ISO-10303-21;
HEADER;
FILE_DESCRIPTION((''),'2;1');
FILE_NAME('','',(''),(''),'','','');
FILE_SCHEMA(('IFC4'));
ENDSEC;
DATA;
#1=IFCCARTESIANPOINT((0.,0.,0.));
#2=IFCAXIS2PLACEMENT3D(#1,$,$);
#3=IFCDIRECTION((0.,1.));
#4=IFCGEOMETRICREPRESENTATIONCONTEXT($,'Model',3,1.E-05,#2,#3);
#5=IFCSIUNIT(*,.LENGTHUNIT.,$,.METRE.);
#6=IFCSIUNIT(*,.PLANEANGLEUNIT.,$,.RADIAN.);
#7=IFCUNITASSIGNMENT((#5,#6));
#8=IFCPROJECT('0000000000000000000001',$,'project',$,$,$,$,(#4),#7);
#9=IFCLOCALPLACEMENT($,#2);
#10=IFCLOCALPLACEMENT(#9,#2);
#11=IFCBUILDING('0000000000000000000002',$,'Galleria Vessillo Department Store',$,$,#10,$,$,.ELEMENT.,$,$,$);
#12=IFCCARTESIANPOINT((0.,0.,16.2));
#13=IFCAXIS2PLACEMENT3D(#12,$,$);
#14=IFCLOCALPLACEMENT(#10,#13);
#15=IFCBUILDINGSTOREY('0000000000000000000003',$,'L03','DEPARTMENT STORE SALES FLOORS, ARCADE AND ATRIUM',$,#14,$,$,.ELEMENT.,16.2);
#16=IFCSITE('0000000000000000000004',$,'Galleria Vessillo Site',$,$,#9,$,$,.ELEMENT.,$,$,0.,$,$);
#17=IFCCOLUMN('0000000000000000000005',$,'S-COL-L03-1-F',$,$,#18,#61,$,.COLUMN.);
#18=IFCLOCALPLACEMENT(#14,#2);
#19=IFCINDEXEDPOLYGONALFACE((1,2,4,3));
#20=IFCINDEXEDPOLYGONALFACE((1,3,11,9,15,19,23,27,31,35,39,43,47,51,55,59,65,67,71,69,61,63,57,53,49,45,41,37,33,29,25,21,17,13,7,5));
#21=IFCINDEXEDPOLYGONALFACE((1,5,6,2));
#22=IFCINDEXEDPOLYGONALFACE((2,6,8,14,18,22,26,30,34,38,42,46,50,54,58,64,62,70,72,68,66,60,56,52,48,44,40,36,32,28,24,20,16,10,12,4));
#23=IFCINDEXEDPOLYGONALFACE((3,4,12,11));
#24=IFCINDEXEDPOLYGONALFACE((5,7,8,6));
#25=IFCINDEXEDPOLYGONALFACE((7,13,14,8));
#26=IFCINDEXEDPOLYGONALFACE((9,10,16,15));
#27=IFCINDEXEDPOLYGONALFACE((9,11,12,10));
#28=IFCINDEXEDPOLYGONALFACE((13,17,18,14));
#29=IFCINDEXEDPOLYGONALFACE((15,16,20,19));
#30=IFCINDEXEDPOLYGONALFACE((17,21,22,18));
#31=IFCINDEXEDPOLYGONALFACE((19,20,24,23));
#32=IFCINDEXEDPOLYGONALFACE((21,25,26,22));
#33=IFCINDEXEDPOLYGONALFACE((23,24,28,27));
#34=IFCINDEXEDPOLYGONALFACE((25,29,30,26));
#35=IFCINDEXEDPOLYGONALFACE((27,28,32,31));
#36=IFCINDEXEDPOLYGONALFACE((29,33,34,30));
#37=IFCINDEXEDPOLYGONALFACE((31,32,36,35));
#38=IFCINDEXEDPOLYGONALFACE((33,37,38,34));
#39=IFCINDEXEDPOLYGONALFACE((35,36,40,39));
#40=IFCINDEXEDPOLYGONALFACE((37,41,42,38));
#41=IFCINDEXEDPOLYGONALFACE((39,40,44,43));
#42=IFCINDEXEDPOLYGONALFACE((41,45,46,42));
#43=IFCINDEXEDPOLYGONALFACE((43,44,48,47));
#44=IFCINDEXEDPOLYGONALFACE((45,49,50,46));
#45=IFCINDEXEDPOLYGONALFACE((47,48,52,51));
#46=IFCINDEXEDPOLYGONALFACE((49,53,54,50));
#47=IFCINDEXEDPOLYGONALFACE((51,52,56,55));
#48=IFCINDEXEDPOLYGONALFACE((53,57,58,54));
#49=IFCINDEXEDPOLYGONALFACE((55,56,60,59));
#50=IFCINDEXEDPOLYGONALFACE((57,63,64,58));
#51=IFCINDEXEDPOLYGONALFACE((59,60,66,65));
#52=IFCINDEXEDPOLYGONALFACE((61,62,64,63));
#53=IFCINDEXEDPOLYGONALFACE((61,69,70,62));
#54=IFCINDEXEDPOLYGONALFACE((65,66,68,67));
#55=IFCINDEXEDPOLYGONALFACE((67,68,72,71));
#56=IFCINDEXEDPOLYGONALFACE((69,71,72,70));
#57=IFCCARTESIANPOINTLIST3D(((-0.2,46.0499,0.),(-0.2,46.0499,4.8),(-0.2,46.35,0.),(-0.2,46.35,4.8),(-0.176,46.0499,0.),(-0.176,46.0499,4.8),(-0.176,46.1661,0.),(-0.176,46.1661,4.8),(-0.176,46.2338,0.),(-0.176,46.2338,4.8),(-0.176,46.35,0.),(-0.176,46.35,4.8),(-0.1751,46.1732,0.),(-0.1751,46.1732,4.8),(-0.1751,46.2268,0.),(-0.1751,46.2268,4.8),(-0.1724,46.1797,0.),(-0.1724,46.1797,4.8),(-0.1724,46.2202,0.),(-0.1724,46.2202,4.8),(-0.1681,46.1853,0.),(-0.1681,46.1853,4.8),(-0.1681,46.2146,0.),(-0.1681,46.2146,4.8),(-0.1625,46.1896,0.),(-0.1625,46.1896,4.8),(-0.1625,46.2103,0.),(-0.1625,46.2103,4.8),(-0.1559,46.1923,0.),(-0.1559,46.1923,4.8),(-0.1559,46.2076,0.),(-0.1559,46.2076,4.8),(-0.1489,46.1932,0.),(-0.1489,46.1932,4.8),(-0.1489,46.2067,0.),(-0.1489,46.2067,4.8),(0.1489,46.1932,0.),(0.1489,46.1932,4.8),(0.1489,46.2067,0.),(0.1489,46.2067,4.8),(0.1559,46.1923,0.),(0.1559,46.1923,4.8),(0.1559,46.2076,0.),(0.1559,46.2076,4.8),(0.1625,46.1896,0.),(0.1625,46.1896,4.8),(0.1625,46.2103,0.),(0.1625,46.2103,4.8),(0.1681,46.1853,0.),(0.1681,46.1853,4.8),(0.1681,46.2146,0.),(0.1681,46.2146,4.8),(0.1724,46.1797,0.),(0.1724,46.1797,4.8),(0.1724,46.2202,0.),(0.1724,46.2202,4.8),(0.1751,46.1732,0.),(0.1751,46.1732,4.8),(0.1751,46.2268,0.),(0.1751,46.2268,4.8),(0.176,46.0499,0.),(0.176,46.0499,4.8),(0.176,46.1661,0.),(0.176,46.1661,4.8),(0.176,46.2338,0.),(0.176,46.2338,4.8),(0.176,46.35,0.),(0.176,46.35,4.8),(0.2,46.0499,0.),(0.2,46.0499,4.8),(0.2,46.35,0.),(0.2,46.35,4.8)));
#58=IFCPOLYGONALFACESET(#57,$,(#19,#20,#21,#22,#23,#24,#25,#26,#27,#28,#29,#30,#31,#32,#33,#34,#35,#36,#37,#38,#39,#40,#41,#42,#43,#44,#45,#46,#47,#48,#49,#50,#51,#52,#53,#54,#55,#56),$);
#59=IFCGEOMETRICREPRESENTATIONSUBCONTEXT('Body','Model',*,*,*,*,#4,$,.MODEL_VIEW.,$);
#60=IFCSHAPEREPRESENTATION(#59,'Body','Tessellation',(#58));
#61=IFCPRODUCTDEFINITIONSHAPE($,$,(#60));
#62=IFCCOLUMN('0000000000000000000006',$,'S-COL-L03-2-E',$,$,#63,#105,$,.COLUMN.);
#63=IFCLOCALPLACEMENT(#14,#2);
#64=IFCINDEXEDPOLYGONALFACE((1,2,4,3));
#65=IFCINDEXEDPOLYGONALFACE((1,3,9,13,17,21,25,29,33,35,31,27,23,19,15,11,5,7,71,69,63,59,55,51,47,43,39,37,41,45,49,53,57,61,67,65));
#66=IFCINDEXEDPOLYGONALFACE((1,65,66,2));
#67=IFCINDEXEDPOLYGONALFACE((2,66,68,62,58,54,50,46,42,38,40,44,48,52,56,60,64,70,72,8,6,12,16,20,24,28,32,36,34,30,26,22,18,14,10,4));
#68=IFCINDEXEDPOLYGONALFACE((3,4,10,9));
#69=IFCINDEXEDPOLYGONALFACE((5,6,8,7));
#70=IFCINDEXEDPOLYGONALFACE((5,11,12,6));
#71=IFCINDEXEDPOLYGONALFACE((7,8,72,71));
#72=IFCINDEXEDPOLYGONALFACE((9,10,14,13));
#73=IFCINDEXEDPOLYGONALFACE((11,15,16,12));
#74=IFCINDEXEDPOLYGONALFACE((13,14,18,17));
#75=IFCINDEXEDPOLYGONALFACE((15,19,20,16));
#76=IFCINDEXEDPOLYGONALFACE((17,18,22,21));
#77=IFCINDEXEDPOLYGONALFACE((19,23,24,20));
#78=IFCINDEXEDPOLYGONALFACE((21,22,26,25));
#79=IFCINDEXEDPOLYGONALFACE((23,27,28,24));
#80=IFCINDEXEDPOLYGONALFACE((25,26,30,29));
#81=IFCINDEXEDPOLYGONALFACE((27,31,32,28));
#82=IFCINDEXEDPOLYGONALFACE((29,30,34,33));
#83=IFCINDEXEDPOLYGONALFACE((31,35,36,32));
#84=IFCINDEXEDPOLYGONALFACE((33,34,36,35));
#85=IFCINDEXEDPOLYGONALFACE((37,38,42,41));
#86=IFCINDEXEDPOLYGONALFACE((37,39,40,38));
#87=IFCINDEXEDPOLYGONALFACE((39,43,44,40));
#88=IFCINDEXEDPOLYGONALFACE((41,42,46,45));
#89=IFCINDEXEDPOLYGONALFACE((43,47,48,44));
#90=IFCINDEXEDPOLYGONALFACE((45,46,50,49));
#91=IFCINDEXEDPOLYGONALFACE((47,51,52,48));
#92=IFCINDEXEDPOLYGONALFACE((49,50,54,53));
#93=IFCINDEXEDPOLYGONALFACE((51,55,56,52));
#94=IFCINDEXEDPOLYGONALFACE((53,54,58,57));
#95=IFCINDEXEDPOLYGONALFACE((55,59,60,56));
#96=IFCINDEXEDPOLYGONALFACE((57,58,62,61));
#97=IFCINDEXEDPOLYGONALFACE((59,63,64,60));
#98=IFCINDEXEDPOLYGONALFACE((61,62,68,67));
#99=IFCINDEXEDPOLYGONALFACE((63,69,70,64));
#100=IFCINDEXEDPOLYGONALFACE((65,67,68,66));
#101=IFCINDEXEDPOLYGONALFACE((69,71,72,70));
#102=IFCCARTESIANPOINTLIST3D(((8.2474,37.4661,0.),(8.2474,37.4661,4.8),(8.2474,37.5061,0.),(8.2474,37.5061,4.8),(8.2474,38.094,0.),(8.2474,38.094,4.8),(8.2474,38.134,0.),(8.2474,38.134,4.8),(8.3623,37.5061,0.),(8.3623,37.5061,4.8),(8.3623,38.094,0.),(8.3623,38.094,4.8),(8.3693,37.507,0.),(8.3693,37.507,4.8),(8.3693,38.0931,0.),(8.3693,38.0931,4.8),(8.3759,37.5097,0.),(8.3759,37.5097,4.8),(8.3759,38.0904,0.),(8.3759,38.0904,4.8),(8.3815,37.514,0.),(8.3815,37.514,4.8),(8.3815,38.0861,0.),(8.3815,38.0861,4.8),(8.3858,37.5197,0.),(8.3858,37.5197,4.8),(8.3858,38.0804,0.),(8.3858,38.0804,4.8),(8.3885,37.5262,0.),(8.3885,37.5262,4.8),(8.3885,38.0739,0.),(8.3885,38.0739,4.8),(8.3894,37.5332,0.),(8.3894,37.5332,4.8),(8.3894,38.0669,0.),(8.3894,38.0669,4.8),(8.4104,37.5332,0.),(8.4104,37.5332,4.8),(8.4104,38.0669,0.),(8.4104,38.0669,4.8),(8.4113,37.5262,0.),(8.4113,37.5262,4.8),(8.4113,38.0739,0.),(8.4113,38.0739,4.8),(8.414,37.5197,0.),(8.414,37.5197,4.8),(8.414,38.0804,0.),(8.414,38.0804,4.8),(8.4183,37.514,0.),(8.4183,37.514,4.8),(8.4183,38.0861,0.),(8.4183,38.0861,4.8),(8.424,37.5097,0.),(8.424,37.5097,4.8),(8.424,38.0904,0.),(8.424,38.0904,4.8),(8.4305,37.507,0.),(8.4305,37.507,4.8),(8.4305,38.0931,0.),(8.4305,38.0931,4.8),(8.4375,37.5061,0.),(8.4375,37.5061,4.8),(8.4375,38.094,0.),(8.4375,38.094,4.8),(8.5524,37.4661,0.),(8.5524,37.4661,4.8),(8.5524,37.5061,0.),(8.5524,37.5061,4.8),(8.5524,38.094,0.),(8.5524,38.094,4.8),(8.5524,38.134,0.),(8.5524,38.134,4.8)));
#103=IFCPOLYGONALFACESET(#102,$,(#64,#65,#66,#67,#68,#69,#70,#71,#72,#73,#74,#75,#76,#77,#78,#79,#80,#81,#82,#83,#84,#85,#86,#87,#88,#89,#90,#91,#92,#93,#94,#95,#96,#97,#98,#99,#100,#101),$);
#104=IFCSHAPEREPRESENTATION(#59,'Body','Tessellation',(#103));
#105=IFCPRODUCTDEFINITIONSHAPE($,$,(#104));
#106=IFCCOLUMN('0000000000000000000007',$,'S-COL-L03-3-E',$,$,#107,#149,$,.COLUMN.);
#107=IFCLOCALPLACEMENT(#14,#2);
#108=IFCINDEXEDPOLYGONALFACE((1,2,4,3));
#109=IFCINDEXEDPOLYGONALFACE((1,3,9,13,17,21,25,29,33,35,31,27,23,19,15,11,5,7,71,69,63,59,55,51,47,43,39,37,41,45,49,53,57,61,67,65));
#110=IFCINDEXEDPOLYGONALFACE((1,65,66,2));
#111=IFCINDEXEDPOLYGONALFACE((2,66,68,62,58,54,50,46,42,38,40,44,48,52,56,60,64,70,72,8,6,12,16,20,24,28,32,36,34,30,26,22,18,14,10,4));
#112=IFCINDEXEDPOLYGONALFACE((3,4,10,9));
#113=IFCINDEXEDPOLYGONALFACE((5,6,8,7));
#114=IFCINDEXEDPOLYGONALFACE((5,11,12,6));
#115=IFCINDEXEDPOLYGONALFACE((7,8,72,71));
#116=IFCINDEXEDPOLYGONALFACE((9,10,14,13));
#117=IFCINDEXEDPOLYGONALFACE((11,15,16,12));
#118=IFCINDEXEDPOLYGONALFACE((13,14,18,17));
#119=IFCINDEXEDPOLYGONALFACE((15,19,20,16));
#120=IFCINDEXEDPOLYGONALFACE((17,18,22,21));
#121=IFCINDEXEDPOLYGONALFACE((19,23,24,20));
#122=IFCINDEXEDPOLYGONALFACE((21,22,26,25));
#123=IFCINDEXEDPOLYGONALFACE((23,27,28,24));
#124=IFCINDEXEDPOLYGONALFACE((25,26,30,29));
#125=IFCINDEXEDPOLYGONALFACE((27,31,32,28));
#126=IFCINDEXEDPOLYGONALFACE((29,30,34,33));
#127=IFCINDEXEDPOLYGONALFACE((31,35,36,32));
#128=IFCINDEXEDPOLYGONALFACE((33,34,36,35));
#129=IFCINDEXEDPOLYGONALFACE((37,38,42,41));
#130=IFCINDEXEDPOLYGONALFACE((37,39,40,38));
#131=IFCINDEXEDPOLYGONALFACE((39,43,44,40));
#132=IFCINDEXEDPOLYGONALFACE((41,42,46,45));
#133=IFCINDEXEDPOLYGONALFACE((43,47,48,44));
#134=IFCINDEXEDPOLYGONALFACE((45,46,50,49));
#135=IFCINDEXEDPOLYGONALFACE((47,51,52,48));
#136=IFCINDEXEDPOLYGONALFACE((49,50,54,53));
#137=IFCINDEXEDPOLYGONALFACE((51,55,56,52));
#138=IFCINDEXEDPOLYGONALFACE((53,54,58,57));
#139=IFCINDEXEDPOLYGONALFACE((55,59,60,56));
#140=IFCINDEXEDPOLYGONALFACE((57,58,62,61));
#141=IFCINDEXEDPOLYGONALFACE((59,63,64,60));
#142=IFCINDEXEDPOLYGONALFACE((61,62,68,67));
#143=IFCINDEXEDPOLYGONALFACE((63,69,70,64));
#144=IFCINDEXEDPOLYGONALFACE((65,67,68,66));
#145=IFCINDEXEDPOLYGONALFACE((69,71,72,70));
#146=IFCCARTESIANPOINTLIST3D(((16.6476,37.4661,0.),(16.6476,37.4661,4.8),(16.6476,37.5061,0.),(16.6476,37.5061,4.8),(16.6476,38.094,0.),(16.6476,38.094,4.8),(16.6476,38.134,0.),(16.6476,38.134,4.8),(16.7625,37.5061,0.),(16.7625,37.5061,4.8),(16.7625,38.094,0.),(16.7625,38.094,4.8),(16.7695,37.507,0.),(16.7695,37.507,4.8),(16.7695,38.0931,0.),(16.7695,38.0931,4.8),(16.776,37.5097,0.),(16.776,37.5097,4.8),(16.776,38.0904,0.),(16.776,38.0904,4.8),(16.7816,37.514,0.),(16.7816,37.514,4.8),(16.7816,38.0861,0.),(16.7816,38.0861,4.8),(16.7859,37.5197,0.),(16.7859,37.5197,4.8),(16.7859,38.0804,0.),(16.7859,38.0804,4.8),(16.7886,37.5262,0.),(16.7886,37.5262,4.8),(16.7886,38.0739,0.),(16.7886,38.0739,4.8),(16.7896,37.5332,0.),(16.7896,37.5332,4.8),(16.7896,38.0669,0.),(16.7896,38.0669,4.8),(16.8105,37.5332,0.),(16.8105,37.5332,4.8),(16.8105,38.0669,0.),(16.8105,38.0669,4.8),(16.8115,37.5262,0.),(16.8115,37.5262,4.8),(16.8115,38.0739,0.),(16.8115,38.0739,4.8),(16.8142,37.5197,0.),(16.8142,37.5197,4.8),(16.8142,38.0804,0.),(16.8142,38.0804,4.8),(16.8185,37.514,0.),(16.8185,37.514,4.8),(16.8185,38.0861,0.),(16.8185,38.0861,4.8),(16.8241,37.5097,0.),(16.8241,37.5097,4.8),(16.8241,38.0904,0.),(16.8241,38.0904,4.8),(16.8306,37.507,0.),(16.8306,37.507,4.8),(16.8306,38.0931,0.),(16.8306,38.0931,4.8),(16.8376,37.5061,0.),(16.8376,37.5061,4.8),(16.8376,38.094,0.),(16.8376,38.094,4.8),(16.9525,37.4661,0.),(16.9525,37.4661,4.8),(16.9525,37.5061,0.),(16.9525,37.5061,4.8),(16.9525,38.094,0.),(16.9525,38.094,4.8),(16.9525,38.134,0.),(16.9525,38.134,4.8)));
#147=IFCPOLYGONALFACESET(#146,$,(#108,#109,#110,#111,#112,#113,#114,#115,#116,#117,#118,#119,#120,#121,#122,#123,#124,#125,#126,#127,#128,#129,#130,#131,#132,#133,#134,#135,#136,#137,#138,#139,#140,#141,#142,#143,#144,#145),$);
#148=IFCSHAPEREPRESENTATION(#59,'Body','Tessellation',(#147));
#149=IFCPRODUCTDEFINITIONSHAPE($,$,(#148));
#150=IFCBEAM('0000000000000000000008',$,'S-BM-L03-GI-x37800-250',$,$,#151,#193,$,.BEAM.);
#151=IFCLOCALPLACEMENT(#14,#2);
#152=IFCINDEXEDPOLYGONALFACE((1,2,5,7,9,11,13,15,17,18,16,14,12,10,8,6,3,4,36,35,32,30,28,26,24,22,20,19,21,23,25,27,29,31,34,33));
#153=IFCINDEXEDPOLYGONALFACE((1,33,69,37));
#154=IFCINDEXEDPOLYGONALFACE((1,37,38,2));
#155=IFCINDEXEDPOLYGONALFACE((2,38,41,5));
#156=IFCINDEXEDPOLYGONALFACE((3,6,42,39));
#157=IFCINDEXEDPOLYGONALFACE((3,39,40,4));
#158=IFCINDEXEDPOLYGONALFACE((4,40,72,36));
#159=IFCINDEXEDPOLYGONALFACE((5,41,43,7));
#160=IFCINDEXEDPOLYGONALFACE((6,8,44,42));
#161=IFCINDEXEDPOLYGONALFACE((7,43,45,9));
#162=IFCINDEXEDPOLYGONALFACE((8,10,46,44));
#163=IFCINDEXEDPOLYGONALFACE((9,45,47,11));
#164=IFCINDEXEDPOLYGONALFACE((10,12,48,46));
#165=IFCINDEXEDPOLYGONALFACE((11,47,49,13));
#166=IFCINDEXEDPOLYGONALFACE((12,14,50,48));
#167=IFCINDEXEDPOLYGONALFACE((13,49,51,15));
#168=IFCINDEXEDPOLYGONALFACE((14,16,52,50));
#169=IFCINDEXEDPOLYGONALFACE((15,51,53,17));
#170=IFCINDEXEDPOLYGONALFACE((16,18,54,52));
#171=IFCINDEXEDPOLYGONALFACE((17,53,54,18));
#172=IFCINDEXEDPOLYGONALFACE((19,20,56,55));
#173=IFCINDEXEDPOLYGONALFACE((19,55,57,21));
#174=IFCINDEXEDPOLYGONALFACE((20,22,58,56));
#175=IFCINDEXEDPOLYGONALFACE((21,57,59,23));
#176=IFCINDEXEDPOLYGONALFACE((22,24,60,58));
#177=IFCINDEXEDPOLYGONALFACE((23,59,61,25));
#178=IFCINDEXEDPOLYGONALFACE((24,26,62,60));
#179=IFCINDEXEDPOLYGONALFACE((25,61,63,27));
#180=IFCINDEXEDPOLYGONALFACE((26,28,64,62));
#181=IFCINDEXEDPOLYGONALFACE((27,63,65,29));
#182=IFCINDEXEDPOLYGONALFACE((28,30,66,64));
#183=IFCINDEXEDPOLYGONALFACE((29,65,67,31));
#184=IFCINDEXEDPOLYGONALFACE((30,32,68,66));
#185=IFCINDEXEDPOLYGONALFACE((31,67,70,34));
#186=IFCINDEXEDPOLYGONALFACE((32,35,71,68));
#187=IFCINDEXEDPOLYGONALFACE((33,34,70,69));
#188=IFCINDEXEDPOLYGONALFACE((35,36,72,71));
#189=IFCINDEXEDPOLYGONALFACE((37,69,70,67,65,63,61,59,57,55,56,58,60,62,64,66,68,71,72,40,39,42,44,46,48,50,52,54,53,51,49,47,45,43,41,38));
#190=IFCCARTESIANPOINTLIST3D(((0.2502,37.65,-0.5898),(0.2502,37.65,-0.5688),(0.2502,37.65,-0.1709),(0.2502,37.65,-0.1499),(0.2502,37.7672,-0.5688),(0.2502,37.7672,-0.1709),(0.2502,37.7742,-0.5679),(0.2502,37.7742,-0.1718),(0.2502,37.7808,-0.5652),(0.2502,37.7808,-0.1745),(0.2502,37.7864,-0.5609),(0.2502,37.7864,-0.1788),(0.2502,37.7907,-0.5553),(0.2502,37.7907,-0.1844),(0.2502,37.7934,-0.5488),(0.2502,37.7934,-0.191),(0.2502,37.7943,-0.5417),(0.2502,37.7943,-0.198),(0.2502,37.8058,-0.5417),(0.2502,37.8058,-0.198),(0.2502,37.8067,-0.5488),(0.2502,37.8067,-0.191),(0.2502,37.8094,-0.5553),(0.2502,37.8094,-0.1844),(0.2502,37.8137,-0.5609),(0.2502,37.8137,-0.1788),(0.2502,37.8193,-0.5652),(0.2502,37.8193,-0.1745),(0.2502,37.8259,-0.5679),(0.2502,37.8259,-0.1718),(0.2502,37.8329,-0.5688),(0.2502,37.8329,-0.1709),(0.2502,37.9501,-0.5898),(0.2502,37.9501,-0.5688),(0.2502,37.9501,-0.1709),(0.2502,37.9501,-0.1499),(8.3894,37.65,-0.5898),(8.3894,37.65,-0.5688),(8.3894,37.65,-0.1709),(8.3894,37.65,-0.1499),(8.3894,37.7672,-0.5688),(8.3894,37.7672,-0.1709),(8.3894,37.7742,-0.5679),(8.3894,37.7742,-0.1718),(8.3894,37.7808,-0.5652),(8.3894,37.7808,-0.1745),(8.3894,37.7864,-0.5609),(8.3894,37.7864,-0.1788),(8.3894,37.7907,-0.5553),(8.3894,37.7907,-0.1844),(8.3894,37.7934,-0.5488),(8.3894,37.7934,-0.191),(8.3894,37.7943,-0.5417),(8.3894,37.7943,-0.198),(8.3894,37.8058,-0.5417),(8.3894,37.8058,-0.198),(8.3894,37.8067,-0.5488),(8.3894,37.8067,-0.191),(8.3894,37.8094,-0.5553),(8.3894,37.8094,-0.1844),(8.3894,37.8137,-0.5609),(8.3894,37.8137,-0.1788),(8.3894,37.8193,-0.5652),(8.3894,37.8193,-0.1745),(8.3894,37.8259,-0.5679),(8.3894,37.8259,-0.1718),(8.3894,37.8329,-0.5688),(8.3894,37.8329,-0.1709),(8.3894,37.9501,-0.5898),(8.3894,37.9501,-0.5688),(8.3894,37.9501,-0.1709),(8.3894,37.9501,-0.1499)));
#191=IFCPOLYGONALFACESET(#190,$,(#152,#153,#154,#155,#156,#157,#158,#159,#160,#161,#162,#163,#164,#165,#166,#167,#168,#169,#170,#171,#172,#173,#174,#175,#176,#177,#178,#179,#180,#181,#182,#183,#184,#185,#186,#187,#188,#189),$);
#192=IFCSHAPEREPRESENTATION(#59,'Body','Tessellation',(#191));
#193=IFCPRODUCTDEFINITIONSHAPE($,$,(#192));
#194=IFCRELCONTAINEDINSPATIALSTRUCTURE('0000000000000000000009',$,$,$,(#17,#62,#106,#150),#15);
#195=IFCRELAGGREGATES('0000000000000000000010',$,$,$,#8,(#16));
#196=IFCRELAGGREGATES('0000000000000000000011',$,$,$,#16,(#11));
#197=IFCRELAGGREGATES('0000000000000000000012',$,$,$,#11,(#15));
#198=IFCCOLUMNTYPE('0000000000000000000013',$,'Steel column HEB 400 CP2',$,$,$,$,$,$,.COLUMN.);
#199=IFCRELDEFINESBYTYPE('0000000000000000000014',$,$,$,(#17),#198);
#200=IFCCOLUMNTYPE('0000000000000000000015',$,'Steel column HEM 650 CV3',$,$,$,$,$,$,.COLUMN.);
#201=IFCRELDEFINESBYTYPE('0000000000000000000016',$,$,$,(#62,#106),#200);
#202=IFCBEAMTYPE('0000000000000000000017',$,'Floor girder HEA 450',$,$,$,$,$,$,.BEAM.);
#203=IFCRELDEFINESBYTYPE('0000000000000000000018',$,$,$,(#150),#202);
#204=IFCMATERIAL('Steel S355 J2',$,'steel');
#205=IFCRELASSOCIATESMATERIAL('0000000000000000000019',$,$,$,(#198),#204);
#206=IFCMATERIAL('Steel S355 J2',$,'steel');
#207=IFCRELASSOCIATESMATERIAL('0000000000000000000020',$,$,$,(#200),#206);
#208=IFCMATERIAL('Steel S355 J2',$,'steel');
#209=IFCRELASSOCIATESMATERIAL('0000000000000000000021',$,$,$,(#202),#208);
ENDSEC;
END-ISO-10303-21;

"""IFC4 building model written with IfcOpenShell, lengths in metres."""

from ifc_helpers import new_model, si_unit, direction, frame, origin, origin_2d, place, context, subcontext, project, spatial, i_section, extrude, material, material_profile, profile_set, type_object, element, save


model = new_model("IFC4")

# Units and contexts
model_context = context("Model", 3, precision=1e-05, world=origin(), true_north=direction((0.0, 1.0)))
body_context = subcontext(model_context, "Body", "Model", "MODEL_VIEW")
ifc_project = project(units=[si_unit("LENGTHUNIT", "METRE"), si_unit("PLANEANGLEUNIT", "RADIAN")], contexts=[model_context])

# Site, building, storey
site_placement = place(None, origin())
site = spatial("IfcSite", under=ifc_project, at=site_placement, Name="Galleria Vessillo Site", CompositionType="ELEMENT", RefElevation=0.0)
building_placement = place(site_placement, origin())
building = spatial("IfcBuilding", under=site, at=building_placement, Name="Galleria Vessillo Department Store", CompositionType="ELEMENT")
storey_placement = place(building_placement, frame((0.0, 0.0, 16.2)))
storey = spatial("IfcBuildingStorey", under=building, at=storey_placement, Name="L03", Description="DEPARTMENT STORE SALES FLOORS, ARCADE AND ATRIUM", CompositionType="ELEMENT", Elevation=16.2)

# Columns
ifc_material_1 = material(Name="Steel S355 J2", Category="steel")
ifc_material_profile_1 = material_profile(ifc_material_1, i_section(OverallWidth=0.3, OverallDepth=0.3999, WebThickness=0.0134, FlangeThickness=0.0239, FilletRadius=0.0271, at=origin_2d()), Name="HEB 400")
ifc_profile_set_1 = profile_set([ifc_material_profile_1], Name="Steel S355 J2")
column_type_1 = type_object("IfcColumnType", Name="Steel column HEB 400 CP2", PredefinedType="COLUMN", material=ifc_profile_set_1)
column_placement = place(storey_placement, frame((0.0, 46.2, 0.0), z_axis=(0.0, 0.0, 1.0), x_axis=(0.0, 1.0, 0.0)))
element("IfcColumn", 1, at=column_placement, inside=storey, type_object=column_type_1, Name="S-COL-L03-1-F", PredefinedType="COLUMN", context=body_context, shape_type="SweptSolid", body=[
    extrude(i_section(OverallWidth=0.3, OverallDepth=0.3999, WebThickness=0.0134, FlangeThickness=0.0239, FilletRadius=0.0271, at=origin_2d()), origin(), (0.0, 0.0, 1.0), 4.8),
])
ifc_material_2 = material(Name="Steel S355 J2", Category="steel")
ifc_material_profile_2 = material_profile(ifc_material_2, i_section(OverallWidth=0.3049, OverallDepth=0.668, WebThickness=0.021, FlangeThickness=0.04, FilletRadius=0.0271, at=origin_2d()), Name="HEM 650")
ifc_profile_set_2 = profile_set([ifc_material_profile_2], Name="Steel S355 J2")
column_type_2 = type_object("IfcColumnType", Name="Steel column HEM 650 CV3", PredefinedType="COLUMN", material=ifc_profile_set_2)
for number, where, z_axis, x_axis, name in (
    (2, (8.3999, 37.8, 0.0), (0.0, 0.0, 1.0), (1.0, 0.0, 0.0), "S-COL-L03-2-E"),
    (3, (16.8, 37.8, 0.0), (0.0, 0.0, 1.0), (1.0, 0.0, 0.0), "S-COL-L03-3-E"),
):
    element("IfcColumn", number, at=place(storey_placement, frame(where, z_axis=z_axis, x_axis=x_axis)), inside=storey, type_object=column_type_2, Name=name, PredefinedType="COLUMN", context=body_context, shape_type="SweptSolid", body=[
        extrude(i_section(OverallWidth=0.3049, OverallDepth=0.668, WebThickness=0.021, FlangeThickness=0.04, FilletRadius=0.0271, at=origin_2d()), origin(), (0.0, 0.0, 1.0), 4.8),
    ])

# Beam
ifc_material_3 = material(Name="Steel S355 J2", Category="steel")
ifc_material_profile_3 = material_profile(ifc_material_3, i_section(OverallWidth=0.3, OverallDepth=0.4399, WebThickness=0.0115, FlangeThickness=0.021, FilletRadius=0.0271, at=origin_2d()), Name="HEA 450")
ifc_profile_set_3 = profile_set([ifc_material_profile_3], Name="Steel S355 J2")
beam_type_1 = type_object("IfcBeamType", Name="Floor girder HEA 450", PredefinedType="BEAM", material=ifc_profile_set_3)
beam_1_placement = place(storey_placement, frame((0.2502, 37.8, -0.3699), z_axis=(1.0, 0.0, 0.0), x_axis=(0.0, 1.0, 0.0)))
element("IfcBeam", 4, at=beam_1_placement, inside=storey, type_object=beam_type_1, Name="S-BM-L03-GI-x37800-250", PredefinedType="BEAM", context=body_context, shape_type="SweptSolid", body=[
    extrude(i_section(OverallWidth=0.3, OverallDepth=0.4399, WebThickness=0.0115, FlangeThickness=0.021, FilletRadius=0.0271, at=origin_2d()), origin(), (0.0, 0.0, 1.0), 8.1392),
])

save(model, "model.ifc")
